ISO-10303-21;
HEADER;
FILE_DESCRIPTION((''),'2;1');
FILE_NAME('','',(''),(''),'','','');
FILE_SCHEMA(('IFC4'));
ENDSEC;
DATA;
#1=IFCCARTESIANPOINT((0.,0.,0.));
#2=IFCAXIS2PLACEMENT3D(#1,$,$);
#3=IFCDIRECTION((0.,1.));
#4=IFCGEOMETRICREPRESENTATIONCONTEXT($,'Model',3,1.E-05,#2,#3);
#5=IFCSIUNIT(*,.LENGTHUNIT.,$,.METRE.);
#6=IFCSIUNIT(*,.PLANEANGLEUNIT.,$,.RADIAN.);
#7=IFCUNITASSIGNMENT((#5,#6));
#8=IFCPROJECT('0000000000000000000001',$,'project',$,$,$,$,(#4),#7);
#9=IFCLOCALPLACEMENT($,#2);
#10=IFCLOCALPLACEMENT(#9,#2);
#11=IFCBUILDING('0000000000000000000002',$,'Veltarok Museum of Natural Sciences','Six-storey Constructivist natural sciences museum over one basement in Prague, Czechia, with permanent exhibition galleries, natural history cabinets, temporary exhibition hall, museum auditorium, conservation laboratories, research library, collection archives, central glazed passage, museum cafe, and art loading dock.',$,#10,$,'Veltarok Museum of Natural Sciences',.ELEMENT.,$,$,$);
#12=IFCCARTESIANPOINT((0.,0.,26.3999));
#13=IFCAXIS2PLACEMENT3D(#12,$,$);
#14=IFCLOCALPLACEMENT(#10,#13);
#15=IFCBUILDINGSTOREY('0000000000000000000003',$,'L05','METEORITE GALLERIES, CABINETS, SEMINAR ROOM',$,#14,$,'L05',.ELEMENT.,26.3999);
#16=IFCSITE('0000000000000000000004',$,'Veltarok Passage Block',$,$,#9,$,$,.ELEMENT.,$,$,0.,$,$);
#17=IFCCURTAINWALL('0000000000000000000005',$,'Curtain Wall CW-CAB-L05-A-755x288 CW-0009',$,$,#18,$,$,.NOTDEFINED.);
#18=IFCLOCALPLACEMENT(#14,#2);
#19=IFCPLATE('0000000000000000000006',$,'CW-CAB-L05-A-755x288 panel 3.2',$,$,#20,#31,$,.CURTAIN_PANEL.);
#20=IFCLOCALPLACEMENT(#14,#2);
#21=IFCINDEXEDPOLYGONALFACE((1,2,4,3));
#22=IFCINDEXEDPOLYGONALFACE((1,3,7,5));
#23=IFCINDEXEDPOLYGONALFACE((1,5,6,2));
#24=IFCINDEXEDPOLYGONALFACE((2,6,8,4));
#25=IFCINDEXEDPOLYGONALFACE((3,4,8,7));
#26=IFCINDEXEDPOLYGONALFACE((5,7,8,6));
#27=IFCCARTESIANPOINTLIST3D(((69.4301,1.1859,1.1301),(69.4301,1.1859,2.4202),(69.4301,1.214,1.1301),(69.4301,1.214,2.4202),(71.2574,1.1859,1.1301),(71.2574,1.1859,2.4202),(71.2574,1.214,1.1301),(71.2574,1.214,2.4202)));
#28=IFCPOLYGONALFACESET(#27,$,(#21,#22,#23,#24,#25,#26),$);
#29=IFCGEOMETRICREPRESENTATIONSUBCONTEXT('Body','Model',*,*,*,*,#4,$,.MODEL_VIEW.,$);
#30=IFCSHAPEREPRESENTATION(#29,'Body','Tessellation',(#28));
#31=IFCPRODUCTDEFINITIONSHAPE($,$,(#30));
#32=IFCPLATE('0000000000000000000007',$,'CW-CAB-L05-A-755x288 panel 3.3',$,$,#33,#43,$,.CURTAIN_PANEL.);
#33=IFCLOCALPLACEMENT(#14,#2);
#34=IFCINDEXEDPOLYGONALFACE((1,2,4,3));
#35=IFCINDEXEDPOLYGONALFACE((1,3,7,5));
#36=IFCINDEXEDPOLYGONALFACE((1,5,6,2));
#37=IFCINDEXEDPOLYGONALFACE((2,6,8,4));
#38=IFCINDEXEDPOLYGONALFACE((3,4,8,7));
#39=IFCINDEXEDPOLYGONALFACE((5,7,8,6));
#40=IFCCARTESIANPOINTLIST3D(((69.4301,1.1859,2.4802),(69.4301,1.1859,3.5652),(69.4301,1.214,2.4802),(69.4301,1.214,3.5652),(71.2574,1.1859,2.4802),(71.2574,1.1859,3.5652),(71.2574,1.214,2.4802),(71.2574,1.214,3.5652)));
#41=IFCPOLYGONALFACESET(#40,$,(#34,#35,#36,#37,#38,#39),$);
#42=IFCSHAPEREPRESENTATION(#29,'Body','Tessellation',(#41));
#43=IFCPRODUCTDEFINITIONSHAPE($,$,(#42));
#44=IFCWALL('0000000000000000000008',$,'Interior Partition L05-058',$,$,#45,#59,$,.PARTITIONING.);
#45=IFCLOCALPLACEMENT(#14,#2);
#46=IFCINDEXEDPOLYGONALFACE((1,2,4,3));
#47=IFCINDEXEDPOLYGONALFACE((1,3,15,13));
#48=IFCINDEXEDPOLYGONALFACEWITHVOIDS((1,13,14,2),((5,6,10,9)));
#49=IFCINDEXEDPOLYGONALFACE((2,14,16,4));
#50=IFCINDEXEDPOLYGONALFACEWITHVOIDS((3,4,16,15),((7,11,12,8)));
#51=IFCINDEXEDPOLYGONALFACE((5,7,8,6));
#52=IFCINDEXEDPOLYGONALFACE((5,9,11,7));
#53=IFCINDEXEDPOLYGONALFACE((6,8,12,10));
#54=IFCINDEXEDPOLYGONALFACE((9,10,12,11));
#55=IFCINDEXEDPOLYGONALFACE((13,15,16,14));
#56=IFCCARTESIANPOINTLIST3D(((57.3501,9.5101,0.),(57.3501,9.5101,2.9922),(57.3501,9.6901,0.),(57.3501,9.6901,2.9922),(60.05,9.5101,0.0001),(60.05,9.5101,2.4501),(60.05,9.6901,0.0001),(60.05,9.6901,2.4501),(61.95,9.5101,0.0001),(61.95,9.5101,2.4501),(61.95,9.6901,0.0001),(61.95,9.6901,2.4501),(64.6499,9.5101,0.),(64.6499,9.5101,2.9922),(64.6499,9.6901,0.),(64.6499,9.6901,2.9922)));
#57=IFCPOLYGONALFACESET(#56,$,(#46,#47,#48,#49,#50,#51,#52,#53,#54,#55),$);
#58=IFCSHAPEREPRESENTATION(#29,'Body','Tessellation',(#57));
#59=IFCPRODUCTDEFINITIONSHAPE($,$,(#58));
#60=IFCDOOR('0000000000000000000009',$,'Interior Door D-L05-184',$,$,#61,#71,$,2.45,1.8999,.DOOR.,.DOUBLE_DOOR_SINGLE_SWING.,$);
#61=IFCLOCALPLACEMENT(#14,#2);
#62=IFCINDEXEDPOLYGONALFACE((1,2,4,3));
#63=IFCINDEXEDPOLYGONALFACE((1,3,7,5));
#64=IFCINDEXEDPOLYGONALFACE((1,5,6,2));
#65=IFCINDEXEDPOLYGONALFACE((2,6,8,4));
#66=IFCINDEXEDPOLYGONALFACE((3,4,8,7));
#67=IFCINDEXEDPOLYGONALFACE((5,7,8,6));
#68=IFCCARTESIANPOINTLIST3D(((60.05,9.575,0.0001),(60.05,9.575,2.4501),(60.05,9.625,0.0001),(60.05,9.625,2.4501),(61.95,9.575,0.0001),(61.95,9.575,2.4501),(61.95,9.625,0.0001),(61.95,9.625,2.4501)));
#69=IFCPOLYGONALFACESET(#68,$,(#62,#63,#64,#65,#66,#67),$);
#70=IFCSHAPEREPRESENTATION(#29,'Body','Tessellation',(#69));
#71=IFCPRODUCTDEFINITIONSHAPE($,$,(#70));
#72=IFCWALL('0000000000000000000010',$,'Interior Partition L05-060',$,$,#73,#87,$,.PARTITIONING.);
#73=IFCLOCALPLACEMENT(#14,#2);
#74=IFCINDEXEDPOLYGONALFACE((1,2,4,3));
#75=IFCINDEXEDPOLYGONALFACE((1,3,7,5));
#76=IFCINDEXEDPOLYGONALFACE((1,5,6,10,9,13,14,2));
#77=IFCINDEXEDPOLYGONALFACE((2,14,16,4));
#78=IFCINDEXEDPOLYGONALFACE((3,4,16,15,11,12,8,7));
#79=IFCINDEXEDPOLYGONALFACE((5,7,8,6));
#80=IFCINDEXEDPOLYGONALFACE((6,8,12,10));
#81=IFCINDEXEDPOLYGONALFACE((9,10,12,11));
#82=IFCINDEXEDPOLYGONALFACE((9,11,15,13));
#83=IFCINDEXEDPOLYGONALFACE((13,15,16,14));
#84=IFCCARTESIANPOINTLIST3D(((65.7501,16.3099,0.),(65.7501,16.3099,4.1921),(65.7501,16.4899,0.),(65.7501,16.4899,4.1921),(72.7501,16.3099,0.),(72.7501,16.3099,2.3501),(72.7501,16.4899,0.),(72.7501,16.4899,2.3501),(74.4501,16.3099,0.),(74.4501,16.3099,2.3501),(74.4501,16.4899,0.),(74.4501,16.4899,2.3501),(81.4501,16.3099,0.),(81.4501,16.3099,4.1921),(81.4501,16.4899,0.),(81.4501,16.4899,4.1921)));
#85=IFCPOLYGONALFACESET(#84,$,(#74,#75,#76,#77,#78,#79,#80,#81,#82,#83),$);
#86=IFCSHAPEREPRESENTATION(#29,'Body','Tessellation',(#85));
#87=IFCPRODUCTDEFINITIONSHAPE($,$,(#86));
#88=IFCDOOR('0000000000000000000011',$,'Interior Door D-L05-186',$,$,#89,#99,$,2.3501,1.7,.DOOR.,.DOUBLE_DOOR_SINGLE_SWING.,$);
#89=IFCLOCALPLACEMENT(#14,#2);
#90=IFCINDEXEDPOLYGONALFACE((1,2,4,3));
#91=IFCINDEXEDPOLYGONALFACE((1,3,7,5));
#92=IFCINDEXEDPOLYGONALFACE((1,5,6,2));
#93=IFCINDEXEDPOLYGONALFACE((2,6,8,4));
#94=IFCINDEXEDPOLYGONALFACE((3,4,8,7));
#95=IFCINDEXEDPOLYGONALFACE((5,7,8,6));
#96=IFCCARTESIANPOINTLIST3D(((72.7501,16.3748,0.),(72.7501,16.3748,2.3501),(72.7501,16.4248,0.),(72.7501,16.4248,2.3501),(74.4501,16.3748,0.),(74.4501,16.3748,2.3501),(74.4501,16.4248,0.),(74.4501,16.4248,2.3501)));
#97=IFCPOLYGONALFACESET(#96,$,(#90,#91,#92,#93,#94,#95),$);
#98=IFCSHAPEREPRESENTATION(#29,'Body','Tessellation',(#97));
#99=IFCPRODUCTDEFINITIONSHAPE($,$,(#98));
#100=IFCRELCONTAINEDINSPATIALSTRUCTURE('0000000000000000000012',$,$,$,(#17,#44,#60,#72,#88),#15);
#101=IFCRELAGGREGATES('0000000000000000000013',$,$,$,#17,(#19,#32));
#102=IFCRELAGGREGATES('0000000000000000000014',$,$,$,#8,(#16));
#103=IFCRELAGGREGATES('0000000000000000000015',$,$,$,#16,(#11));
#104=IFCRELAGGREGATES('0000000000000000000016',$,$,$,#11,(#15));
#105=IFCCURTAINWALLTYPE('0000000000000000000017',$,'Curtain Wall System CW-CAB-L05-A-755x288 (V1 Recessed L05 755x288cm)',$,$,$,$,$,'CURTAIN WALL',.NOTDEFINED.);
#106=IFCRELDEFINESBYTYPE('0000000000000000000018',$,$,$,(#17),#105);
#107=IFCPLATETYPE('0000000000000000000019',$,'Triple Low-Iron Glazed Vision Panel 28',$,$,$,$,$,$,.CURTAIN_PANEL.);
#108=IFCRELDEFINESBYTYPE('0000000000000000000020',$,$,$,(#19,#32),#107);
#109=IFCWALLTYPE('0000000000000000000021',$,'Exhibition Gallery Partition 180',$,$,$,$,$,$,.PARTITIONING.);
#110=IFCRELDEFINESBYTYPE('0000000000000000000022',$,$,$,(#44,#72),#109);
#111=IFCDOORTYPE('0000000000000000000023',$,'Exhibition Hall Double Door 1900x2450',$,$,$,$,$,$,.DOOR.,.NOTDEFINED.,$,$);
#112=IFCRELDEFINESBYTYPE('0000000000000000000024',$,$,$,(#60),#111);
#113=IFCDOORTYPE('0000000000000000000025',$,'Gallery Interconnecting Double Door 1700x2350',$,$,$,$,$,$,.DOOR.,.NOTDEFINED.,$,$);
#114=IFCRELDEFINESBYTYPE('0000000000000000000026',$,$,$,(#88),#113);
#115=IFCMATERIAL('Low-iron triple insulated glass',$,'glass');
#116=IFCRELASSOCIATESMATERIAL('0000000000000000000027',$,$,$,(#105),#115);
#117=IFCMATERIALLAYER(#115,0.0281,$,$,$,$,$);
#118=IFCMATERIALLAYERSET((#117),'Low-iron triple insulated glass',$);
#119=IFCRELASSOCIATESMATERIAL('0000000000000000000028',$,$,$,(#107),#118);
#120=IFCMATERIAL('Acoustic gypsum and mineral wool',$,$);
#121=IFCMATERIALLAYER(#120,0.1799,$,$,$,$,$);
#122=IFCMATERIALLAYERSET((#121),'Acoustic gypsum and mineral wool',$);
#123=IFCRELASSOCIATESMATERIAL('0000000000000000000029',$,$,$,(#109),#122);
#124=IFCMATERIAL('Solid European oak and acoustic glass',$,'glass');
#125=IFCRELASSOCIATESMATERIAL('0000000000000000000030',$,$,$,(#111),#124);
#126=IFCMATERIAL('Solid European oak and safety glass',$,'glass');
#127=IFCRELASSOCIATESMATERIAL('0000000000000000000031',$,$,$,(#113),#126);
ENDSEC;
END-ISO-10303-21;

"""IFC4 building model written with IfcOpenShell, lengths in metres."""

from ifc_helpers import new_model, si_unit, direction, frame, frame_2d, origin, origin_2d, place, context, subcontext, project, spatial, rectangle, extrude, material, layer, layer_set, type_object, element, fill, aggregate, save


model = new_model("IFC4")

# Units and contexts
model_context = context("Model", 3, precision=1e-05, world=origin(), true_north=direction((0.0, 1.0)))
body_context = subcontext(model_context, "Body", "Model", "MODEL_VIEW")
ifc_project = project(units=[si_unit("LENGTHUNIT", "METRE"), si_unit("PLANEANGLEUNIT", "RADIAN")], contexts=[model_context])

# Site, building, storey
site_placement = place(None, origin())
site = spatial("IfcSite", under=ifc_project, at=site_placement, Name="Veltarok Passage Block", CompositionType="ELEMENT", RefElevation=0.0)
building_placement = place(site_placement, origin())
building = spatial("IfcBuilding", under=site, at=building_placement, Name="Veltarok Museum of Natural Sciences", Description="Six-storey Constructivist natural sciences museum over one basement in Prague, Czechia, with permanent exhibition galleries, natural history cabinets, temporary exhibition hall, museum auditorium, conservation laboratories, research library, collection archives, central glazed passage, museum cafe, and art loading dock.", LongName="Veltarok Museum of Natural Sciences", CompositionType="ELEMENT")
storey_placement = place(building_placement, frame((0.0, 0.0, 26.3999)))
storey = spatial("IfcBuildingStorey", under=building, at=storey_placement, Name="L05", Description="METEORITE GALLERIES, CABINETS, SEMINAR ROOM", LongName="L05", CompositionType="ELEMENT", Elevation=26.3999)

# Curtain wall
ifc_material_1 = material(Name="Low-iron triple insulated glass", Category="glass")
curtain_wall_type = type_object("IfcCurtainWallType", Name="Curtain Wall System CW-CAB-L05-A-755x288 (V1 Recessed L05 755x288cm)", ElementType="CURTAIN WALL", PredefinedType="NOTDEFINED", material=ifc_material_1)
curtain_wall_placement = place(storey_placement, origin())
curtain_wall = element("IfcCurtainWall", 1, at=curtain_wall_placement, inside=storey, type_object=curtain_wall_type, Name="Curtain Wall CW-CAB-L05-A-755x288 CW-0009", PredefinedType="NOTDEFINED")

# Plates
ifc_layer_1 = layer(ifc_material_1, 0.0281)
ifc_layer_set_1 = layer_set([ifc_layer_1], Name="Low-iron triple insulated glass")
plate_type = type_object("IfcPlateType", Name="Triple Low-Iron Glazed Vision Panel 28", PredefinedType="CURTAIN_PANEL", material=ifc_layer_set_1)
plate_1_placement = place(storey_placement, frame((70.3438, 1.2, 1.1301), z_axis=(0.0, 0.0, 1.0), x_axis=(1.0, 0.0, 0.0)))
plate_1 = element("IfcPlate", 2, at=plate_1_placement, type_object=plate_type, Name="CW-CAB-L05-A-755x288 panel 3.2", PredefinedType="CURTAIN_PANEL", context=body_context, shape_type="SweptSolid", body=[
    extrude(rectangle(XDim=1.8274, YDim=0.0281, at=origin_2d()), origin(), (0.0, 0.0, 1.0), 1.29),
])
plate_2_placement = place(storey_placement, frame((70.3438, 1.2, 2.4802), z_axis=(0.0, 0.0, 1.0), x_axis=(1.0, 0.0, 0.0)))
plate_2 = element("IfcPlate", 3, at=plate_2_placement, type_object=plate_type, Name="CW-CAB-L05-A-755x288 panel 3.3", PredefinedType="CURTAIN_PANEL", context=body_context, shape_type="SweptSolid", body=[
    extrude(rectangle(XDim=1.8274, YDim=0.0281, at=origin_2d()), origin(), (0.0, 0.0, 1.0), 1.085),
])
aggregate(curtain_wall, [plate_1, plate_2])

# Walls, openings, doors
ifc_material_2 = material(Name="Acoustic gypsum and mineral wool")
ifc_layer_2 = layer(ifc_material_2, 0.1799)
ifc_layer_set_2 = layer_set([ifc_layer_2], Name="Acoustic gypsum and mineral wool")
wall_type = type_object("IfcWallType", Name="Exhibition Gallery Partition 180", PredefinedType="PARTITIONING", material=ifc_layer_set_2)
wall_1_placement = place(storey_placement, frame((57.3501, 9.6001, 0.0), z_axis=(0.0, 0.0, 1.0), x_axis=(1.0, 0.0, 0.0)))
wall_1 = element("IfcWall", 4, at=wall_1_placement, inside=storey, type_object=wall_type, Name="Interior Partition L05-058", PredefinedType="PARTITIONING", context=body_context, shape_type="SweptSolid", body=[
    extrude(rectangle(XDim=7.2998, YDim=0.1799, at=frame_2d((3.6499, 0.0))), origin(), (0.0, 0.0, 1.0), 2.9922),
])
opening_1_placement = place(wall_1_placement, frame((2.7, 0.0, 0.0)))
opening_1 = element("IfcOpeningElement", 5, at=opening_1_placement, cuts=wall_1, PredefinedType="OPENING", context=body_context, shape_type="SweptSolid", body=[
    extrude(rectangle(XDim=1.8999, YDim=2.45, at=frame_2d((0.95, 1.2251))), frame((0.0, 0.1001, 0.0), z_axis=(0.0, -1.0, 0.0), x_axis=(1.0, 0.0, 0.0)), (0.0, 0.0, 1.0), 0.2),
])
ifc_material_3 = material(Name="Solid European oak and acoustic glass", Category="glass")
door_type_1 = type_object("IfcDoorType", Name="Exhibition Hall Double Door 1900x2450", OperationType="NOTDEFINED", PredefinedType="DOOR", material=ifc_material_3)
door_1_placement = place(opening_1_placement, origin())
door_1 = element("IfcDoor", 6, at=door_1_placement, inside=storey, type_object=door_type_1, Name="Interior Door D-L05-184", OperationType="DOUBLE_DOOR_SINGLE_SWING", OverallHeight=2.45, OverallWidth=1.8999, PredefinedType="DOOR", context=body_context, shape_type="SweptSolid", body=[
    extrude(rectangle(XDim=1.8999, YDim=2.45, at=frame_2d((0.95, 1.2251))), frame((0.0, 0.0249, 0.0), z_axis=(0.0, -1.0, 0.0), x_axis=(1.0, 0.0, 0.0)), (0.0, 0.0, 1.0), 0.05),
])
fill(opening_1, door_1)
wall_2_placement = place(storey_placement, frame((65.75, 16.3999, 0.0), z_axis=(0.0, 0.0, 1.0), x_axis=(1.0, 0.0, 0.0)))
wall_2 = element("IfcWall", 7, at=wall_2_placement, inside=storey, type_object=wall_type, Name="Interior Partition L05-060", PredefinedType="PARTITIONING", context=body_context, shape_type="SweptSolid", body=[
    extrude(rectangle(XDim=15.7, YDim=0.1799, at=frame_2d((7.8501, 0.0))), origin(), (0.0, 0.0, 1.0), 4.1921),
])
opening_2_placement = place(wall_2_placement, frame((7.0, 0.0, 0.0)))
opening_2 = element("IfcOpeningElement", 8, at=opening_2_placement, cuts=wall_2, PredefinedType="OPENING", context=body_context, shape_type="SweptSolid", body=[
    extrude(rectangle(XDim=1.7, YDim=2.3501, at=frame_2d((0.8501, 1.175))), frame((0.0, 0.1001, 0.0), z_axis=(0.0, -1.0, 0.0), x_axis=(1.0, 0.0, 0.0)), (0.0, 0.0, 1.0), 0.2),
])
ifc_material_4 = material(Name="Solid European oak and safety glass", Category="glass")
door_type_2 = type_object("IfcDoorType", Name="Gallery Interconnecting Double Door 1700x2350", OperationType="NOTDEFINED", PredefinedType="DOOR", material=ifc_material_4)
door_2_placement = place(opening_2_placement, origin())
door_2 = element("IfcDoor", 9, at=door_2_placement, inside=storey, type_object=door_type_2, Name="Interior Door D-L05-186", OperationType="DOUBLE_DOOR_SINGLE_SWING", OverallHeight=2.3501, OverallWidth=1.7, PredefinedType="DOOR", context=body_context, shape_type="SweptSolid", body=[
    extrude(rectangle(XDim=1.7, YDim=2.3501, at=frame_2d((0.8501, 1.175))), frame((0.0, 0.0249, 0.0), z_axis=(0.0, -1.0, 0.0), x_axis=(1.0, 0.0, 0.0)), (0.0, 0.0, 1.0), 0.05),
])
fill(opening_2, door_2)

save(model, "model.ifc")
